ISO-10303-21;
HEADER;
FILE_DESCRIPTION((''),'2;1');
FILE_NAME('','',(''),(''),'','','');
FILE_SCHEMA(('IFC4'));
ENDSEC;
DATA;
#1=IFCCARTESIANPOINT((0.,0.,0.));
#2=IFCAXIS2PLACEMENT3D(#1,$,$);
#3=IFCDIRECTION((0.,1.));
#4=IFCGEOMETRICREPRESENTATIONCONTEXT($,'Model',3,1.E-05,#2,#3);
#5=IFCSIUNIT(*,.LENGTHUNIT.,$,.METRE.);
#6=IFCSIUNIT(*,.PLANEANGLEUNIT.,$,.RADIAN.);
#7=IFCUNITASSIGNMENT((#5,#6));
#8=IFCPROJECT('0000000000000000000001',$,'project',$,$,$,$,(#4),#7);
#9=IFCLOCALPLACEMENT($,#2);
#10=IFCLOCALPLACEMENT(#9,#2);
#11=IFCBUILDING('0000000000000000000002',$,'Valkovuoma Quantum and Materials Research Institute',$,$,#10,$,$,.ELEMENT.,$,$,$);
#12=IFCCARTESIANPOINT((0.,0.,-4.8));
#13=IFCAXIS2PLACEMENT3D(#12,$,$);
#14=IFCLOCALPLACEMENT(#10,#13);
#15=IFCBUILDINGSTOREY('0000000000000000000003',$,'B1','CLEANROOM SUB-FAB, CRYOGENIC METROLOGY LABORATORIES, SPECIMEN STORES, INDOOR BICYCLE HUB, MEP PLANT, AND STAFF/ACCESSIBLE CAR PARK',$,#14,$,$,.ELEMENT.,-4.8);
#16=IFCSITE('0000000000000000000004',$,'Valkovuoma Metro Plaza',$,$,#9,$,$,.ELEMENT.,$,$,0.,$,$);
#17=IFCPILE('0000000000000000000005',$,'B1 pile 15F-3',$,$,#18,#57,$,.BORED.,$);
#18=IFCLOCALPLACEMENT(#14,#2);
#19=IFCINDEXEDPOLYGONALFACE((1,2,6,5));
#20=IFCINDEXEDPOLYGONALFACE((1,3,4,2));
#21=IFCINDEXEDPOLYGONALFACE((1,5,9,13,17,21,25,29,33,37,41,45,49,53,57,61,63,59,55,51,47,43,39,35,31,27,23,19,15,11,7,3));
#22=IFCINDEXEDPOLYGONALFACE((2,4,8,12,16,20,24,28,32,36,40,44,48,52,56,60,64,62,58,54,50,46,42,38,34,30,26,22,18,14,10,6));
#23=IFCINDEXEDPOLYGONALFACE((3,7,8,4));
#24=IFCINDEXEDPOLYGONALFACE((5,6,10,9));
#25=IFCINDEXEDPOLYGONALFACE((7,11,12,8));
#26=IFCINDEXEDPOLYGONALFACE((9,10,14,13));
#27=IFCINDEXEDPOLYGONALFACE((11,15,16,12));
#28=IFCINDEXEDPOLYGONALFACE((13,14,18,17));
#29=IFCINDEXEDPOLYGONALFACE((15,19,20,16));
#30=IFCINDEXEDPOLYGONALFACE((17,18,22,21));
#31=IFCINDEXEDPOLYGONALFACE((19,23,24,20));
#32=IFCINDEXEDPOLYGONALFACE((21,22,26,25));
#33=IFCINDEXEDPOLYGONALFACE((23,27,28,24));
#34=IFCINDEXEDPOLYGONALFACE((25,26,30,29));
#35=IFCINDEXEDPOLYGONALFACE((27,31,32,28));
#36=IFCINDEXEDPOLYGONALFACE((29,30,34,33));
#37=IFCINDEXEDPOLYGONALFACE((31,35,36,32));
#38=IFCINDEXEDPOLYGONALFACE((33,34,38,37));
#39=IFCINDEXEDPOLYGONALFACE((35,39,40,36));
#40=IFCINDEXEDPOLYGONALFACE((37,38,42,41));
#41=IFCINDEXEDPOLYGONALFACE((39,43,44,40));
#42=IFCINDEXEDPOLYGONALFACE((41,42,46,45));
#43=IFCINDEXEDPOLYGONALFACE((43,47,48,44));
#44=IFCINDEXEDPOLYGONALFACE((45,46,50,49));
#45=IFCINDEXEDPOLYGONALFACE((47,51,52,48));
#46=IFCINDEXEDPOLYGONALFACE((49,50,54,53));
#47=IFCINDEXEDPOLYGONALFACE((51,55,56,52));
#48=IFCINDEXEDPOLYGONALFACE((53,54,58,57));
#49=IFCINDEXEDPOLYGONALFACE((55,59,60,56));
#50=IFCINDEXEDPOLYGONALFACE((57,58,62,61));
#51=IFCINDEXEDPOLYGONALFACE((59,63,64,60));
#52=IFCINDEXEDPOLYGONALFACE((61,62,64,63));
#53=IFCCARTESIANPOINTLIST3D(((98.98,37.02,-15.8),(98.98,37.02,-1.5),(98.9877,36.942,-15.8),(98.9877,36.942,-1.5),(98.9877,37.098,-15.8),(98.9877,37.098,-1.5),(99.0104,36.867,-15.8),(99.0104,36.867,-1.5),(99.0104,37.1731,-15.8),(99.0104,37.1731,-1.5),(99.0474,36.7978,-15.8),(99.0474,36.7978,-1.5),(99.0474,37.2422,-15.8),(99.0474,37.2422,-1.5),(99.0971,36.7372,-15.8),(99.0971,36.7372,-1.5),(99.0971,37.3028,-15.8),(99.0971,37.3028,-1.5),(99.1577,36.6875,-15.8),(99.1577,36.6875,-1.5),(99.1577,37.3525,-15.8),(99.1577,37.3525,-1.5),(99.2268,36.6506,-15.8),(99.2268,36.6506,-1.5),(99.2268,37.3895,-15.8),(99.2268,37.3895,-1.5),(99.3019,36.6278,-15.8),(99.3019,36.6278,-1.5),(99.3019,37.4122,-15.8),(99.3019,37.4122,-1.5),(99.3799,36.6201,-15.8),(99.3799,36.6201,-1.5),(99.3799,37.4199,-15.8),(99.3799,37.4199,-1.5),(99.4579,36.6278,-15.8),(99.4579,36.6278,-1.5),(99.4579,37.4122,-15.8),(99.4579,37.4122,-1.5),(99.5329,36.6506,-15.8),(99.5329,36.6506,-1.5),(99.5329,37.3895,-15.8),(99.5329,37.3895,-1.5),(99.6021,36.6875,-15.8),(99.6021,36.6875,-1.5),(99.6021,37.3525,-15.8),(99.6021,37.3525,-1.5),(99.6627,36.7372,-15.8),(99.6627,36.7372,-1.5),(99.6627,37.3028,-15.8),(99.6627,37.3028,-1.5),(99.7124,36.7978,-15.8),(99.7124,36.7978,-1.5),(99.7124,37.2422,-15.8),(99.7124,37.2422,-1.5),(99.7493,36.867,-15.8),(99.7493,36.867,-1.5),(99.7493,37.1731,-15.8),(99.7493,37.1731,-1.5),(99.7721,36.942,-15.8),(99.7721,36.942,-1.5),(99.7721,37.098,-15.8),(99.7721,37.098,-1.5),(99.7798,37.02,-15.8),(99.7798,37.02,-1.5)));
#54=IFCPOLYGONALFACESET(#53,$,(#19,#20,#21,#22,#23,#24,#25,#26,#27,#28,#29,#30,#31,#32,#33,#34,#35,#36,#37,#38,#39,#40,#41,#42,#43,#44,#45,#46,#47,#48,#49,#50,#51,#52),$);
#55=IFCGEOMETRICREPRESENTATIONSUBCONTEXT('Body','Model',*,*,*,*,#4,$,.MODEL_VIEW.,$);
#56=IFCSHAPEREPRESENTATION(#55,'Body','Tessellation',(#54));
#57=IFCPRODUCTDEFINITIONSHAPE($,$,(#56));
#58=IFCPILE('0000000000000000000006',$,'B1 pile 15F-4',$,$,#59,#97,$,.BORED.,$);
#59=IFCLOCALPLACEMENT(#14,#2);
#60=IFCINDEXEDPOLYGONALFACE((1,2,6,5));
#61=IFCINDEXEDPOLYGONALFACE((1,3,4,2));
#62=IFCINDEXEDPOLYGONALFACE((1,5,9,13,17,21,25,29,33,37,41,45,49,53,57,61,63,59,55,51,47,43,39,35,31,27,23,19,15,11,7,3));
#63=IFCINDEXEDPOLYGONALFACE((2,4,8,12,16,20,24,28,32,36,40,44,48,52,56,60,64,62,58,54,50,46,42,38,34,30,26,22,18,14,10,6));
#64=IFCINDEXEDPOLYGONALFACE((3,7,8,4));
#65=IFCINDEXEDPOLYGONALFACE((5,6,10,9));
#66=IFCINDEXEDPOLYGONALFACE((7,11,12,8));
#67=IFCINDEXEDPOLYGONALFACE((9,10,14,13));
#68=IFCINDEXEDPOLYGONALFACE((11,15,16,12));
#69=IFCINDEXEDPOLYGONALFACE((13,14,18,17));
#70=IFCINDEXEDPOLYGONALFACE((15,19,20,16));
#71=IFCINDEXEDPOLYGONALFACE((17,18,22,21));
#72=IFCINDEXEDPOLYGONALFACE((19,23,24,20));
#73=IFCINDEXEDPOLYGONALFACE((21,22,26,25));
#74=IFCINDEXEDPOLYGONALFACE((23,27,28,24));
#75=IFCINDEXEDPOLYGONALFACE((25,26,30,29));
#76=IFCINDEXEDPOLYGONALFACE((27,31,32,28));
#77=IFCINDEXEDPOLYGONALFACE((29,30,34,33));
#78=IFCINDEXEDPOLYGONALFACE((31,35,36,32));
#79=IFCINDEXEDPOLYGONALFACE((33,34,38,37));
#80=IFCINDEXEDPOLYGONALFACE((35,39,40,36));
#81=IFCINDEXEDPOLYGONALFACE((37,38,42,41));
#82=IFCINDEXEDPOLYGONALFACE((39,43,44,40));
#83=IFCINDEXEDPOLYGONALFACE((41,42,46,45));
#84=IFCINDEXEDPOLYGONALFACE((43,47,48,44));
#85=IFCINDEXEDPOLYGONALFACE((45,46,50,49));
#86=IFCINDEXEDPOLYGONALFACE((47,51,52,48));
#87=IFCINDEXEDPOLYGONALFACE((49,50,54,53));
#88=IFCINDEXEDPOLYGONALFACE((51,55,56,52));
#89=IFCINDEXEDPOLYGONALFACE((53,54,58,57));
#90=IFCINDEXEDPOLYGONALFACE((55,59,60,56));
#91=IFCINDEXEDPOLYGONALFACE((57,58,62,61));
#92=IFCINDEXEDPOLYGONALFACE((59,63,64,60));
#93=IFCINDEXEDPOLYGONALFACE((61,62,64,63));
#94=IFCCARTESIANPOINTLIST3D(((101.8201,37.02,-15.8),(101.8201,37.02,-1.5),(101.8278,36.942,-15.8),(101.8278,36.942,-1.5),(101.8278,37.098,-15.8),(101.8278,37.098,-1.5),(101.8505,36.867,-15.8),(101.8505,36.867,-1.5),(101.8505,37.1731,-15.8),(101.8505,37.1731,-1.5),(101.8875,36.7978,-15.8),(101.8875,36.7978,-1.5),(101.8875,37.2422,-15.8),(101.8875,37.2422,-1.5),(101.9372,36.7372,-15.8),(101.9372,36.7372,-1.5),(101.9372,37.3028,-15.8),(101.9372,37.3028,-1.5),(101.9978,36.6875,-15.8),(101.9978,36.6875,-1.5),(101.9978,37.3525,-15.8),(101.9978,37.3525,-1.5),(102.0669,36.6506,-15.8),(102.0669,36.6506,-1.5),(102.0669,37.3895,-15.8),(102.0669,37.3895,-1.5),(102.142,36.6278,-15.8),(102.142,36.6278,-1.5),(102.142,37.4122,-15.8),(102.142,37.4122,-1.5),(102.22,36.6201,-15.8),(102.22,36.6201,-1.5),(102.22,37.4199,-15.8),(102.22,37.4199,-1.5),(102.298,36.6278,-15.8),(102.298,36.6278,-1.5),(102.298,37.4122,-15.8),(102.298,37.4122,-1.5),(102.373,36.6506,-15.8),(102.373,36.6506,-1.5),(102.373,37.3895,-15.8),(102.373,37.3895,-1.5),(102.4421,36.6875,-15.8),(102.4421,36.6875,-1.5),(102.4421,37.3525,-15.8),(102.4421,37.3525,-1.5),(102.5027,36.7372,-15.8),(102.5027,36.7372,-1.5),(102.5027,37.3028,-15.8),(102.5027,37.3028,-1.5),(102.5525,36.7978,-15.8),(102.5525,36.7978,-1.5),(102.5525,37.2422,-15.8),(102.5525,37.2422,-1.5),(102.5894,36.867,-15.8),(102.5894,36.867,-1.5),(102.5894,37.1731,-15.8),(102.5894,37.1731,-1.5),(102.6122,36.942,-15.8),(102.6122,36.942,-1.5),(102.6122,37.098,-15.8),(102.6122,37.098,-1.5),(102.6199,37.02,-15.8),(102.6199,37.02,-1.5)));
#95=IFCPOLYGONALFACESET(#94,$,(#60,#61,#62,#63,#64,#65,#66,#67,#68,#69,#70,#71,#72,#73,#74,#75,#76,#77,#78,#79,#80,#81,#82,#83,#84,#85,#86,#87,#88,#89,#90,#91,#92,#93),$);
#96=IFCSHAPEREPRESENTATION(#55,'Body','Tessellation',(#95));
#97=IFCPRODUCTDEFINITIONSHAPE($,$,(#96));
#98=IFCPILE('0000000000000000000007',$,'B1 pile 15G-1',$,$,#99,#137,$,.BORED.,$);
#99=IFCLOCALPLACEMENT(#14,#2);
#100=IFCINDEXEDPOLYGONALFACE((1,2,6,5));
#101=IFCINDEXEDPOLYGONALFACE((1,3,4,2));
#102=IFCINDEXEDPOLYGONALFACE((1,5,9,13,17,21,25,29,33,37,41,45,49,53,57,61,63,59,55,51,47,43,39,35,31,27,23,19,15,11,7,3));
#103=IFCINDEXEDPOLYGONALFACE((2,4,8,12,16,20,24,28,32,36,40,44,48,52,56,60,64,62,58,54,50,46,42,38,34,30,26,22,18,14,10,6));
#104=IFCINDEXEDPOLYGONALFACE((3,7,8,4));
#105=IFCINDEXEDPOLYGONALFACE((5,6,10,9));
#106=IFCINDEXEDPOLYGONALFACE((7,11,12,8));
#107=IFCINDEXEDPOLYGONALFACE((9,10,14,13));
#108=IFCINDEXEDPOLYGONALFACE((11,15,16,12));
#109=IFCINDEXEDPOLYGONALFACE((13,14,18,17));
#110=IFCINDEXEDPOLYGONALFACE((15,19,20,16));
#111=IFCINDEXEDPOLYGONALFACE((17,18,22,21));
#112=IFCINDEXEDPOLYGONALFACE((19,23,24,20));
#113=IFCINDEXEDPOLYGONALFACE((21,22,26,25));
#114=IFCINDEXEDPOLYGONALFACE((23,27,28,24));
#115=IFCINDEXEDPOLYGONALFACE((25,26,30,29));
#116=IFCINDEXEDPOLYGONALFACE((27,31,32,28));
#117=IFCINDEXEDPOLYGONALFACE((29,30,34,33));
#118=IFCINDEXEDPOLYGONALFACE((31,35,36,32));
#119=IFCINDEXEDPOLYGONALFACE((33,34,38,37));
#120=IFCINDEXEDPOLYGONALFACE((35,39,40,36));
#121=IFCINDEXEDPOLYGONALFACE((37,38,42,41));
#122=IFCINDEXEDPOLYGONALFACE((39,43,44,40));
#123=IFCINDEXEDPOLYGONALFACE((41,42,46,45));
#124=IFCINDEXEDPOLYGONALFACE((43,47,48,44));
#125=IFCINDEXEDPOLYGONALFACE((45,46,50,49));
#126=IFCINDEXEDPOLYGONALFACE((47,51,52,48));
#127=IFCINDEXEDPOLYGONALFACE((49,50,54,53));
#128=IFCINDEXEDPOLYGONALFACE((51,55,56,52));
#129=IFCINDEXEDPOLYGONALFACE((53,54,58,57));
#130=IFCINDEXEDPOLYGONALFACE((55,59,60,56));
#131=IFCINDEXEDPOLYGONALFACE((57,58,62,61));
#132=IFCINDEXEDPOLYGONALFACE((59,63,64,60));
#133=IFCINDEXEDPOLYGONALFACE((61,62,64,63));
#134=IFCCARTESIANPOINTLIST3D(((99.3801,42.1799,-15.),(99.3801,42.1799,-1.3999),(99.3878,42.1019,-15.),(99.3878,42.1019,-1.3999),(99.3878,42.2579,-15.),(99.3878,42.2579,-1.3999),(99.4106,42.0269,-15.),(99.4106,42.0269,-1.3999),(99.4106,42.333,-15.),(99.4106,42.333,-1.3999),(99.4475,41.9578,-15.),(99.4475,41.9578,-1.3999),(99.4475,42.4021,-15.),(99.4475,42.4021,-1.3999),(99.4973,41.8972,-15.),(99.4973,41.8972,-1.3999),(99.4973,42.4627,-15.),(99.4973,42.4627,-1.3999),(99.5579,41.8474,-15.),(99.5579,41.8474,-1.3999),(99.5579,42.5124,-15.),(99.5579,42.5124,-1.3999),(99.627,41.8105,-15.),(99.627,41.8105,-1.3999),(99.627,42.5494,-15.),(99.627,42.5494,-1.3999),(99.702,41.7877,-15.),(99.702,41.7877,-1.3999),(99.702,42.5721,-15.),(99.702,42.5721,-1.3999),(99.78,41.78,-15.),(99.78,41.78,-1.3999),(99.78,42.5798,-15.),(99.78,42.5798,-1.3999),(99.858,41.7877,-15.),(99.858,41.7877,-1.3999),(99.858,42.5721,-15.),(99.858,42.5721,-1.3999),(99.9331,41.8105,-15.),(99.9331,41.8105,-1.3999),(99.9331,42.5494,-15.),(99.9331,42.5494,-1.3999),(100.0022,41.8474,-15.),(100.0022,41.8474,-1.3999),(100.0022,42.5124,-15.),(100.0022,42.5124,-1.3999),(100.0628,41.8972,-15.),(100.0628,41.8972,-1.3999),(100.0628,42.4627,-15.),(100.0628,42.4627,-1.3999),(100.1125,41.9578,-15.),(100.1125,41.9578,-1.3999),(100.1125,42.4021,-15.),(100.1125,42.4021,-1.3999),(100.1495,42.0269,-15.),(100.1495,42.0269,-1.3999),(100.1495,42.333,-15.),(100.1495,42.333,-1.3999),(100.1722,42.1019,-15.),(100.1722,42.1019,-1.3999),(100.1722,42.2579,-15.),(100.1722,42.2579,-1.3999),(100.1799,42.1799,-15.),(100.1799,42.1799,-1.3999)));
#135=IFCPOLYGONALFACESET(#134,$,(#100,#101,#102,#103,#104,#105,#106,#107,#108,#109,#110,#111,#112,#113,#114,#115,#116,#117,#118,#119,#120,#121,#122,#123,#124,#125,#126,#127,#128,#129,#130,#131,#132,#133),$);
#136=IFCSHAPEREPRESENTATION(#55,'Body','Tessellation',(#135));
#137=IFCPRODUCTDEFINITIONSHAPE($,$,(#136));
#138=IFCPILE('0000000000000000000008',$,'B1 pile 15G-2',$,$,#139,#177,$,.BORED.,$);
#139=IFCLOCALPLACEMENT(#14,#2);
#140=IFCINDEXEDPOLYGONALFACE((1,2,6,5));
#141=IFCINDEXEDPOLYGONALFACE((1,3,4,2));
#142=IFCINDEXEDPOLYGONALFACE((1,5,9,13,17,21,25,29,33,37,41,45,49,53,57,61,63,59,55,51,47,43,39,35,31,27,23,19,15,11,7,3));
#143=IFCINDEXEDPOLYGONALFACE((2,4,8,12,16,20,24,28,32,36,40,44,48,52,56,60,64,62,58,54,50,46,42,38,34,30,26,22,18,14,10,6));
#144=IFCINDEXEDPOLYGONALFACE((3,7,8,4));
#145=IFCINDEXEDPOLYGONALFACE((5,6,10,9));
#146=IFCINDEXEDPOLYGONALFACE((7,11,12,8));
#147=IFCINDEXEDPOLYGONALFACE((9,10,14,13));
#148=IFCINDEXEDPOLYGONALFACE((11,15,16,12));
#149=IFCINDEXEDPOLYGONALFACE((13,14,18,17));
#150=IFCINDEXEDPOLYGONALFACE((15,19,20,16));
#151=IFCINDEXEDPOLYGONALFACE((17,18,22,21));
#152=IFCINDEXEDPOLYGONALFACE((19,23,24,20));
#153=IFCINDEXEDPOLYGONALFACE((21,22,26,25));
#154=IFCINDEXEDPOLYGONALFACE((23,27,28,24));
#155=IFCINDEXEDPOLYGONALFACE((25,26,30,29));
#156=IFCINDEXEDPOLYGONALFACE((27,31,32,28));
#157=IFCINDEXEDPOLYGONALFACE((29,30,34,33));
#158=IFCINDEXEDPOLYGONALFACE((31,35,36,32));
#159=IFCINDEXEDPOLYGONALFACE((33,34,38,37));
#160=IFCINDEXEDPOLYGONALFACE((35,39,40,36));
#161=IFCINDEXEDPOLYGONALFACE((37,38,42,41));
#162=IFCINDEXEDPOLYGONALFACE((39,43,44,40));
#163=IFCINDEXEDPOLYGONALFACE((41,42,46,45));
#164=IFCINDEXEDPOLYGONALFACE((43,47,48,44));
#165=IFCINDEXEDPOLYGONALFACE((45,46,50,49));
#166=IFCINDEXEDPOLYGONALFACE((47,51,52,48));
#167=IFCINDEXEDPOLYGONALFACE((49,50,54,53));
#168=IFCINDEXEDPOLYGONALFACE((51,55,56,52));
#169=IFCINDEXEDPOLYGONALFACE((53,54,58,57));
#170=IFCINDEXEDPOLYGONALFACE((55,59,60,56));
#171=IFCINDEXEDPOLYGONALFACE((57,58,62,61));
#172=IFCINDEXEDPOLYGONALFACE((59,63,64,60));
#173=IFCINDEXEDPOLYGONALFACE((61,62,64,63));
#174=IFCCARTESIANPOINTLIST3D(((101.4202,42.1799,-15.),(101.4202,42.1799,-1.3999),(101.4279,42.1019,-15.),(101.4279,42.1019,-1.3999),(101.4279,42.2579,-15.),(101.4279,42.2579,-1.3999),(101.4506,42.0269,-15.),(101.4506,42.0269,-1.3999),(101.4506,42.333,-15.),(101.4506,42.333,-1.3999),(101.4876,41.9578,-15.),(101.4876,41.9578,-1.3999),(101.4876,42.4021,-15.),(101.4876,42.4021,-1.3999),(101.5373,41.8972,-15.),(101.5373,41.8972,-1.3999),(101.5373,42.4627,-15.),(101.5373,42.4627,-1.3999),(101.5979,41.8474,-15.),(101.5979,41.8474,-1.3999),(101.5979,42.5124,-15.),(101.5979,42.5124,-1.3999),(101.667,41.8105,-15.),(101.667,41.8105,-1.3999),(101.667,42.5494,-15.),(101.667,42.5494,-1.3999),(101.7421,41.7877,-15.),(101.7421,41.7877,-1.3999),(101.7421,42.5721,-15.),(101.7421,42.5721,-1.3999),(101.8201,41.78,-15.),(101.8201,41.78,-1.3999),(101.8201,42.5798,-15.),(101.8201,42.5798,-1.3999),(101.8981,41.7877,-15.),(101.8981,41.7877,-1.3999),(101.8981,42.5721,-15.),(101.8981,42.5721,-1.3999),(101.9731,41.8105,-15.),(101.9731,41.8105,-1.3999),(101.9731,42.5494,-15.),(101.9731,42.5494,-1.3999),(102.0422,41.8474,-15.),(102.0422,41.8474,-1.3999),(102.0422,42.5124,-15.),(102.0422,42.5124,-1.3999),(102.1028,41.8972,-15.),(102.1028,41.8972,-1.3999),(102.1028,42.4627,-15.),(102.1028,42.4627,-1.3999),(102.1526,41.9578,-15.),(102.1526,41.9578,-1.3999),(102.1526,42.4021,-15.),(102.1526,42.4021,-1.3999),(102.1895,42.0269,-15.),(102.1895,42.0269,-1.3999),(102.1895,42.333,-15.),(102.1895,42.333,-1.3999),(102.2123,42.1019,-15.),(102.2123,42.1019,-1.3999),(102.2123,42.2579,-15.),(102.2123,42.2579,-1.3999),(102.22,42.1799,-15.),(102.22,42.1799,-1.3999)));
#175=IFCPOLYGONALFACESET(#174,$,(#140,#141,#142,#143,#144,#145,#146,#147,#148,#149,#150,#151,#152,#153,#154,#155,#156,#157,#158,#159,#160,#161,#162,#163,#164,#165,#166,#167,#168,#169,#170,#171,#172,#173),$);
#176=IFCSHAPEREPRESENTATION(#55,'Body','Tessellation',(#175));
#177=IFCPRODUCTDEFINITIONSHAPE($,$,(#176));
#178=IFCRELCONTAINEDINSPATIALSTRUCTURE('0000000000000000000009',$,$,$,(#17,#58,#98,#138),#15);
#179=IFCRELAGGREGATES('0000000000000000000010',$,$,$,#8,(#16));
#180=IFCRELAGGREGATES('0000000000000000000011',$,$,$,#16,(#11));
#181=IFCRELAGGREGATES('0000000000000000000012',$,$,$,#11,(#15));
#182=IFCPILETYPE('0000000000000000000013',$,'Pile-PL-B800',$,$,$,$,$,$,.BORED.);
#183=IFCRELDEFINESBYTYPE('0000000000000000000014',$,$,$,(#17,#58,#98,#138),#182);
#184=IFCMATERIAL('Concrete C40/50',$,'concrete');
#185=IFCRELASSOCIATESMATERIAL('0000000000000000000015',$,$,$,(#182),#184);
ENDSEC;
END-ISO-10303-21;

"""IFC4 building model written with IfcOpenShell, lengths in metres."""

from ifc_helpers import new_model, si_unit, direction, frame, origin, origin_2d, place, context, subcontext, project, spatial, circle, extrude, material, material_profile, profile_set, type_object, element, save


model = new_model("IFC4")

# Units and contexts
model_context = context("Model", 3, precision=1e-05, world=origin(), true_north=direction((0.0, 1.0)))
body_context = subcontext(model_context, "Body", "Model", "MODEL_VIEW")
ifc_project = project(units=[si_unit("LENGTHUNIT", "METRE"), si_unit("PLANEANGLEUNIT", "RADIAN")], contexts=[model_context])

# Site, building, storey
site_placement = place(None, origin())
site = spatial("IfcSite", under=ifc_project, at=site_placement, Name="Valkovuoma Metro Plaza", CompositionType="ELEMENT", RefElevation=0.0)
building_placement = place(site_placement, origin())
building = spatial("IfcBuilding", under=site, at=building_placement, Name="Valkovuoma Quantum and Materials Research Institute", CompositionType="ELEMENT")
storey_placement = place(building_placement, frame((0.0, 0.0, -4.8)))
storey = spatial("IfcBuildingStorey", under=building, at=storey_placement, Name="B1", Description="CLEANROOM SUB-FAB, CRYOGENIC METROLOGY LABORATORIES, SPECIMEN STORES, INDOOR BICYCLE HUB, MEP PLANT, AND STAFF/ACCESSIBLE CAR PARK", CompositionType="ELEMENT", Elevation=-4.8)

# Piles
ifc_material_1 = material(Name="Concrete C40/50", Category="concrete")
ifc_material_profile_1 = material_profile(ifc_material_1, circle(Radius=0.3999, at=origin_2d()), Name="Concrete C40/50")
ifc_profile_set_1 = profile_set([ifc_material_profile_1], Name="Concrete C40/50")
pile_type_1 = type_object("IfcPileType", Name="Pile-PL-B800", PredefinedType="BORED", material=ifc_profile_set_1)
for number, where, z_axis, x_axis, name in (
    (1, (99.3799, 37.02, -1.5), (0.0, 0.0, -1.0), (1.0, 0.0, 0.0), "B1 pile 15F-3"),
    (2, (102.22, 37.02, -1.5), (0.0, 0.0, -1.0), (1.0, 0.0, 0.0), "B1 pile 15F-4"),
):
    element("IfcPile", number, at=place(storey_placement, frame(where, z_axis=z_axis, x_axis=x_axis)), inside=storey, type_object=pile_type_1, Name=name, PredefinedType="BORED", context=body_context, shape_type="SweptSolid", body=[
        extrude(circle(Radius=0.3999, at=origin_2d()), origin(), (0.0, 0.0, 1.0), 14.3),
    ])
for number, where, z_axis, x_axis, name in (
    (3, (99.78, 42.1799, -1.3999), (0.0, 0.0, -1.0), (1.0, 0.0, 0.0), "B1 pile 15G-1"),
    (4, (101.8201, 42.1799, -1.3999), (0.0, 0.0, -1.0), (1.0, 0.0, 0.0), "B1 pile 15G-2"),
):
    element("IfcPile", number, at=place(storey_placement, frame(where, z_axis=z_axis, x_axis=x_axis)), inside=storey, type_object=pile_type_1, Name=name, PredefinedType="BORED", context=body_context, shape_type="SweptSolid", body=[
        extrude(circle(Radius=0.3999, at=origin_2d()), origin(), (0.0, 0.0, 1.0), 13.6001),
    ])

save(model, "model.ifc")
